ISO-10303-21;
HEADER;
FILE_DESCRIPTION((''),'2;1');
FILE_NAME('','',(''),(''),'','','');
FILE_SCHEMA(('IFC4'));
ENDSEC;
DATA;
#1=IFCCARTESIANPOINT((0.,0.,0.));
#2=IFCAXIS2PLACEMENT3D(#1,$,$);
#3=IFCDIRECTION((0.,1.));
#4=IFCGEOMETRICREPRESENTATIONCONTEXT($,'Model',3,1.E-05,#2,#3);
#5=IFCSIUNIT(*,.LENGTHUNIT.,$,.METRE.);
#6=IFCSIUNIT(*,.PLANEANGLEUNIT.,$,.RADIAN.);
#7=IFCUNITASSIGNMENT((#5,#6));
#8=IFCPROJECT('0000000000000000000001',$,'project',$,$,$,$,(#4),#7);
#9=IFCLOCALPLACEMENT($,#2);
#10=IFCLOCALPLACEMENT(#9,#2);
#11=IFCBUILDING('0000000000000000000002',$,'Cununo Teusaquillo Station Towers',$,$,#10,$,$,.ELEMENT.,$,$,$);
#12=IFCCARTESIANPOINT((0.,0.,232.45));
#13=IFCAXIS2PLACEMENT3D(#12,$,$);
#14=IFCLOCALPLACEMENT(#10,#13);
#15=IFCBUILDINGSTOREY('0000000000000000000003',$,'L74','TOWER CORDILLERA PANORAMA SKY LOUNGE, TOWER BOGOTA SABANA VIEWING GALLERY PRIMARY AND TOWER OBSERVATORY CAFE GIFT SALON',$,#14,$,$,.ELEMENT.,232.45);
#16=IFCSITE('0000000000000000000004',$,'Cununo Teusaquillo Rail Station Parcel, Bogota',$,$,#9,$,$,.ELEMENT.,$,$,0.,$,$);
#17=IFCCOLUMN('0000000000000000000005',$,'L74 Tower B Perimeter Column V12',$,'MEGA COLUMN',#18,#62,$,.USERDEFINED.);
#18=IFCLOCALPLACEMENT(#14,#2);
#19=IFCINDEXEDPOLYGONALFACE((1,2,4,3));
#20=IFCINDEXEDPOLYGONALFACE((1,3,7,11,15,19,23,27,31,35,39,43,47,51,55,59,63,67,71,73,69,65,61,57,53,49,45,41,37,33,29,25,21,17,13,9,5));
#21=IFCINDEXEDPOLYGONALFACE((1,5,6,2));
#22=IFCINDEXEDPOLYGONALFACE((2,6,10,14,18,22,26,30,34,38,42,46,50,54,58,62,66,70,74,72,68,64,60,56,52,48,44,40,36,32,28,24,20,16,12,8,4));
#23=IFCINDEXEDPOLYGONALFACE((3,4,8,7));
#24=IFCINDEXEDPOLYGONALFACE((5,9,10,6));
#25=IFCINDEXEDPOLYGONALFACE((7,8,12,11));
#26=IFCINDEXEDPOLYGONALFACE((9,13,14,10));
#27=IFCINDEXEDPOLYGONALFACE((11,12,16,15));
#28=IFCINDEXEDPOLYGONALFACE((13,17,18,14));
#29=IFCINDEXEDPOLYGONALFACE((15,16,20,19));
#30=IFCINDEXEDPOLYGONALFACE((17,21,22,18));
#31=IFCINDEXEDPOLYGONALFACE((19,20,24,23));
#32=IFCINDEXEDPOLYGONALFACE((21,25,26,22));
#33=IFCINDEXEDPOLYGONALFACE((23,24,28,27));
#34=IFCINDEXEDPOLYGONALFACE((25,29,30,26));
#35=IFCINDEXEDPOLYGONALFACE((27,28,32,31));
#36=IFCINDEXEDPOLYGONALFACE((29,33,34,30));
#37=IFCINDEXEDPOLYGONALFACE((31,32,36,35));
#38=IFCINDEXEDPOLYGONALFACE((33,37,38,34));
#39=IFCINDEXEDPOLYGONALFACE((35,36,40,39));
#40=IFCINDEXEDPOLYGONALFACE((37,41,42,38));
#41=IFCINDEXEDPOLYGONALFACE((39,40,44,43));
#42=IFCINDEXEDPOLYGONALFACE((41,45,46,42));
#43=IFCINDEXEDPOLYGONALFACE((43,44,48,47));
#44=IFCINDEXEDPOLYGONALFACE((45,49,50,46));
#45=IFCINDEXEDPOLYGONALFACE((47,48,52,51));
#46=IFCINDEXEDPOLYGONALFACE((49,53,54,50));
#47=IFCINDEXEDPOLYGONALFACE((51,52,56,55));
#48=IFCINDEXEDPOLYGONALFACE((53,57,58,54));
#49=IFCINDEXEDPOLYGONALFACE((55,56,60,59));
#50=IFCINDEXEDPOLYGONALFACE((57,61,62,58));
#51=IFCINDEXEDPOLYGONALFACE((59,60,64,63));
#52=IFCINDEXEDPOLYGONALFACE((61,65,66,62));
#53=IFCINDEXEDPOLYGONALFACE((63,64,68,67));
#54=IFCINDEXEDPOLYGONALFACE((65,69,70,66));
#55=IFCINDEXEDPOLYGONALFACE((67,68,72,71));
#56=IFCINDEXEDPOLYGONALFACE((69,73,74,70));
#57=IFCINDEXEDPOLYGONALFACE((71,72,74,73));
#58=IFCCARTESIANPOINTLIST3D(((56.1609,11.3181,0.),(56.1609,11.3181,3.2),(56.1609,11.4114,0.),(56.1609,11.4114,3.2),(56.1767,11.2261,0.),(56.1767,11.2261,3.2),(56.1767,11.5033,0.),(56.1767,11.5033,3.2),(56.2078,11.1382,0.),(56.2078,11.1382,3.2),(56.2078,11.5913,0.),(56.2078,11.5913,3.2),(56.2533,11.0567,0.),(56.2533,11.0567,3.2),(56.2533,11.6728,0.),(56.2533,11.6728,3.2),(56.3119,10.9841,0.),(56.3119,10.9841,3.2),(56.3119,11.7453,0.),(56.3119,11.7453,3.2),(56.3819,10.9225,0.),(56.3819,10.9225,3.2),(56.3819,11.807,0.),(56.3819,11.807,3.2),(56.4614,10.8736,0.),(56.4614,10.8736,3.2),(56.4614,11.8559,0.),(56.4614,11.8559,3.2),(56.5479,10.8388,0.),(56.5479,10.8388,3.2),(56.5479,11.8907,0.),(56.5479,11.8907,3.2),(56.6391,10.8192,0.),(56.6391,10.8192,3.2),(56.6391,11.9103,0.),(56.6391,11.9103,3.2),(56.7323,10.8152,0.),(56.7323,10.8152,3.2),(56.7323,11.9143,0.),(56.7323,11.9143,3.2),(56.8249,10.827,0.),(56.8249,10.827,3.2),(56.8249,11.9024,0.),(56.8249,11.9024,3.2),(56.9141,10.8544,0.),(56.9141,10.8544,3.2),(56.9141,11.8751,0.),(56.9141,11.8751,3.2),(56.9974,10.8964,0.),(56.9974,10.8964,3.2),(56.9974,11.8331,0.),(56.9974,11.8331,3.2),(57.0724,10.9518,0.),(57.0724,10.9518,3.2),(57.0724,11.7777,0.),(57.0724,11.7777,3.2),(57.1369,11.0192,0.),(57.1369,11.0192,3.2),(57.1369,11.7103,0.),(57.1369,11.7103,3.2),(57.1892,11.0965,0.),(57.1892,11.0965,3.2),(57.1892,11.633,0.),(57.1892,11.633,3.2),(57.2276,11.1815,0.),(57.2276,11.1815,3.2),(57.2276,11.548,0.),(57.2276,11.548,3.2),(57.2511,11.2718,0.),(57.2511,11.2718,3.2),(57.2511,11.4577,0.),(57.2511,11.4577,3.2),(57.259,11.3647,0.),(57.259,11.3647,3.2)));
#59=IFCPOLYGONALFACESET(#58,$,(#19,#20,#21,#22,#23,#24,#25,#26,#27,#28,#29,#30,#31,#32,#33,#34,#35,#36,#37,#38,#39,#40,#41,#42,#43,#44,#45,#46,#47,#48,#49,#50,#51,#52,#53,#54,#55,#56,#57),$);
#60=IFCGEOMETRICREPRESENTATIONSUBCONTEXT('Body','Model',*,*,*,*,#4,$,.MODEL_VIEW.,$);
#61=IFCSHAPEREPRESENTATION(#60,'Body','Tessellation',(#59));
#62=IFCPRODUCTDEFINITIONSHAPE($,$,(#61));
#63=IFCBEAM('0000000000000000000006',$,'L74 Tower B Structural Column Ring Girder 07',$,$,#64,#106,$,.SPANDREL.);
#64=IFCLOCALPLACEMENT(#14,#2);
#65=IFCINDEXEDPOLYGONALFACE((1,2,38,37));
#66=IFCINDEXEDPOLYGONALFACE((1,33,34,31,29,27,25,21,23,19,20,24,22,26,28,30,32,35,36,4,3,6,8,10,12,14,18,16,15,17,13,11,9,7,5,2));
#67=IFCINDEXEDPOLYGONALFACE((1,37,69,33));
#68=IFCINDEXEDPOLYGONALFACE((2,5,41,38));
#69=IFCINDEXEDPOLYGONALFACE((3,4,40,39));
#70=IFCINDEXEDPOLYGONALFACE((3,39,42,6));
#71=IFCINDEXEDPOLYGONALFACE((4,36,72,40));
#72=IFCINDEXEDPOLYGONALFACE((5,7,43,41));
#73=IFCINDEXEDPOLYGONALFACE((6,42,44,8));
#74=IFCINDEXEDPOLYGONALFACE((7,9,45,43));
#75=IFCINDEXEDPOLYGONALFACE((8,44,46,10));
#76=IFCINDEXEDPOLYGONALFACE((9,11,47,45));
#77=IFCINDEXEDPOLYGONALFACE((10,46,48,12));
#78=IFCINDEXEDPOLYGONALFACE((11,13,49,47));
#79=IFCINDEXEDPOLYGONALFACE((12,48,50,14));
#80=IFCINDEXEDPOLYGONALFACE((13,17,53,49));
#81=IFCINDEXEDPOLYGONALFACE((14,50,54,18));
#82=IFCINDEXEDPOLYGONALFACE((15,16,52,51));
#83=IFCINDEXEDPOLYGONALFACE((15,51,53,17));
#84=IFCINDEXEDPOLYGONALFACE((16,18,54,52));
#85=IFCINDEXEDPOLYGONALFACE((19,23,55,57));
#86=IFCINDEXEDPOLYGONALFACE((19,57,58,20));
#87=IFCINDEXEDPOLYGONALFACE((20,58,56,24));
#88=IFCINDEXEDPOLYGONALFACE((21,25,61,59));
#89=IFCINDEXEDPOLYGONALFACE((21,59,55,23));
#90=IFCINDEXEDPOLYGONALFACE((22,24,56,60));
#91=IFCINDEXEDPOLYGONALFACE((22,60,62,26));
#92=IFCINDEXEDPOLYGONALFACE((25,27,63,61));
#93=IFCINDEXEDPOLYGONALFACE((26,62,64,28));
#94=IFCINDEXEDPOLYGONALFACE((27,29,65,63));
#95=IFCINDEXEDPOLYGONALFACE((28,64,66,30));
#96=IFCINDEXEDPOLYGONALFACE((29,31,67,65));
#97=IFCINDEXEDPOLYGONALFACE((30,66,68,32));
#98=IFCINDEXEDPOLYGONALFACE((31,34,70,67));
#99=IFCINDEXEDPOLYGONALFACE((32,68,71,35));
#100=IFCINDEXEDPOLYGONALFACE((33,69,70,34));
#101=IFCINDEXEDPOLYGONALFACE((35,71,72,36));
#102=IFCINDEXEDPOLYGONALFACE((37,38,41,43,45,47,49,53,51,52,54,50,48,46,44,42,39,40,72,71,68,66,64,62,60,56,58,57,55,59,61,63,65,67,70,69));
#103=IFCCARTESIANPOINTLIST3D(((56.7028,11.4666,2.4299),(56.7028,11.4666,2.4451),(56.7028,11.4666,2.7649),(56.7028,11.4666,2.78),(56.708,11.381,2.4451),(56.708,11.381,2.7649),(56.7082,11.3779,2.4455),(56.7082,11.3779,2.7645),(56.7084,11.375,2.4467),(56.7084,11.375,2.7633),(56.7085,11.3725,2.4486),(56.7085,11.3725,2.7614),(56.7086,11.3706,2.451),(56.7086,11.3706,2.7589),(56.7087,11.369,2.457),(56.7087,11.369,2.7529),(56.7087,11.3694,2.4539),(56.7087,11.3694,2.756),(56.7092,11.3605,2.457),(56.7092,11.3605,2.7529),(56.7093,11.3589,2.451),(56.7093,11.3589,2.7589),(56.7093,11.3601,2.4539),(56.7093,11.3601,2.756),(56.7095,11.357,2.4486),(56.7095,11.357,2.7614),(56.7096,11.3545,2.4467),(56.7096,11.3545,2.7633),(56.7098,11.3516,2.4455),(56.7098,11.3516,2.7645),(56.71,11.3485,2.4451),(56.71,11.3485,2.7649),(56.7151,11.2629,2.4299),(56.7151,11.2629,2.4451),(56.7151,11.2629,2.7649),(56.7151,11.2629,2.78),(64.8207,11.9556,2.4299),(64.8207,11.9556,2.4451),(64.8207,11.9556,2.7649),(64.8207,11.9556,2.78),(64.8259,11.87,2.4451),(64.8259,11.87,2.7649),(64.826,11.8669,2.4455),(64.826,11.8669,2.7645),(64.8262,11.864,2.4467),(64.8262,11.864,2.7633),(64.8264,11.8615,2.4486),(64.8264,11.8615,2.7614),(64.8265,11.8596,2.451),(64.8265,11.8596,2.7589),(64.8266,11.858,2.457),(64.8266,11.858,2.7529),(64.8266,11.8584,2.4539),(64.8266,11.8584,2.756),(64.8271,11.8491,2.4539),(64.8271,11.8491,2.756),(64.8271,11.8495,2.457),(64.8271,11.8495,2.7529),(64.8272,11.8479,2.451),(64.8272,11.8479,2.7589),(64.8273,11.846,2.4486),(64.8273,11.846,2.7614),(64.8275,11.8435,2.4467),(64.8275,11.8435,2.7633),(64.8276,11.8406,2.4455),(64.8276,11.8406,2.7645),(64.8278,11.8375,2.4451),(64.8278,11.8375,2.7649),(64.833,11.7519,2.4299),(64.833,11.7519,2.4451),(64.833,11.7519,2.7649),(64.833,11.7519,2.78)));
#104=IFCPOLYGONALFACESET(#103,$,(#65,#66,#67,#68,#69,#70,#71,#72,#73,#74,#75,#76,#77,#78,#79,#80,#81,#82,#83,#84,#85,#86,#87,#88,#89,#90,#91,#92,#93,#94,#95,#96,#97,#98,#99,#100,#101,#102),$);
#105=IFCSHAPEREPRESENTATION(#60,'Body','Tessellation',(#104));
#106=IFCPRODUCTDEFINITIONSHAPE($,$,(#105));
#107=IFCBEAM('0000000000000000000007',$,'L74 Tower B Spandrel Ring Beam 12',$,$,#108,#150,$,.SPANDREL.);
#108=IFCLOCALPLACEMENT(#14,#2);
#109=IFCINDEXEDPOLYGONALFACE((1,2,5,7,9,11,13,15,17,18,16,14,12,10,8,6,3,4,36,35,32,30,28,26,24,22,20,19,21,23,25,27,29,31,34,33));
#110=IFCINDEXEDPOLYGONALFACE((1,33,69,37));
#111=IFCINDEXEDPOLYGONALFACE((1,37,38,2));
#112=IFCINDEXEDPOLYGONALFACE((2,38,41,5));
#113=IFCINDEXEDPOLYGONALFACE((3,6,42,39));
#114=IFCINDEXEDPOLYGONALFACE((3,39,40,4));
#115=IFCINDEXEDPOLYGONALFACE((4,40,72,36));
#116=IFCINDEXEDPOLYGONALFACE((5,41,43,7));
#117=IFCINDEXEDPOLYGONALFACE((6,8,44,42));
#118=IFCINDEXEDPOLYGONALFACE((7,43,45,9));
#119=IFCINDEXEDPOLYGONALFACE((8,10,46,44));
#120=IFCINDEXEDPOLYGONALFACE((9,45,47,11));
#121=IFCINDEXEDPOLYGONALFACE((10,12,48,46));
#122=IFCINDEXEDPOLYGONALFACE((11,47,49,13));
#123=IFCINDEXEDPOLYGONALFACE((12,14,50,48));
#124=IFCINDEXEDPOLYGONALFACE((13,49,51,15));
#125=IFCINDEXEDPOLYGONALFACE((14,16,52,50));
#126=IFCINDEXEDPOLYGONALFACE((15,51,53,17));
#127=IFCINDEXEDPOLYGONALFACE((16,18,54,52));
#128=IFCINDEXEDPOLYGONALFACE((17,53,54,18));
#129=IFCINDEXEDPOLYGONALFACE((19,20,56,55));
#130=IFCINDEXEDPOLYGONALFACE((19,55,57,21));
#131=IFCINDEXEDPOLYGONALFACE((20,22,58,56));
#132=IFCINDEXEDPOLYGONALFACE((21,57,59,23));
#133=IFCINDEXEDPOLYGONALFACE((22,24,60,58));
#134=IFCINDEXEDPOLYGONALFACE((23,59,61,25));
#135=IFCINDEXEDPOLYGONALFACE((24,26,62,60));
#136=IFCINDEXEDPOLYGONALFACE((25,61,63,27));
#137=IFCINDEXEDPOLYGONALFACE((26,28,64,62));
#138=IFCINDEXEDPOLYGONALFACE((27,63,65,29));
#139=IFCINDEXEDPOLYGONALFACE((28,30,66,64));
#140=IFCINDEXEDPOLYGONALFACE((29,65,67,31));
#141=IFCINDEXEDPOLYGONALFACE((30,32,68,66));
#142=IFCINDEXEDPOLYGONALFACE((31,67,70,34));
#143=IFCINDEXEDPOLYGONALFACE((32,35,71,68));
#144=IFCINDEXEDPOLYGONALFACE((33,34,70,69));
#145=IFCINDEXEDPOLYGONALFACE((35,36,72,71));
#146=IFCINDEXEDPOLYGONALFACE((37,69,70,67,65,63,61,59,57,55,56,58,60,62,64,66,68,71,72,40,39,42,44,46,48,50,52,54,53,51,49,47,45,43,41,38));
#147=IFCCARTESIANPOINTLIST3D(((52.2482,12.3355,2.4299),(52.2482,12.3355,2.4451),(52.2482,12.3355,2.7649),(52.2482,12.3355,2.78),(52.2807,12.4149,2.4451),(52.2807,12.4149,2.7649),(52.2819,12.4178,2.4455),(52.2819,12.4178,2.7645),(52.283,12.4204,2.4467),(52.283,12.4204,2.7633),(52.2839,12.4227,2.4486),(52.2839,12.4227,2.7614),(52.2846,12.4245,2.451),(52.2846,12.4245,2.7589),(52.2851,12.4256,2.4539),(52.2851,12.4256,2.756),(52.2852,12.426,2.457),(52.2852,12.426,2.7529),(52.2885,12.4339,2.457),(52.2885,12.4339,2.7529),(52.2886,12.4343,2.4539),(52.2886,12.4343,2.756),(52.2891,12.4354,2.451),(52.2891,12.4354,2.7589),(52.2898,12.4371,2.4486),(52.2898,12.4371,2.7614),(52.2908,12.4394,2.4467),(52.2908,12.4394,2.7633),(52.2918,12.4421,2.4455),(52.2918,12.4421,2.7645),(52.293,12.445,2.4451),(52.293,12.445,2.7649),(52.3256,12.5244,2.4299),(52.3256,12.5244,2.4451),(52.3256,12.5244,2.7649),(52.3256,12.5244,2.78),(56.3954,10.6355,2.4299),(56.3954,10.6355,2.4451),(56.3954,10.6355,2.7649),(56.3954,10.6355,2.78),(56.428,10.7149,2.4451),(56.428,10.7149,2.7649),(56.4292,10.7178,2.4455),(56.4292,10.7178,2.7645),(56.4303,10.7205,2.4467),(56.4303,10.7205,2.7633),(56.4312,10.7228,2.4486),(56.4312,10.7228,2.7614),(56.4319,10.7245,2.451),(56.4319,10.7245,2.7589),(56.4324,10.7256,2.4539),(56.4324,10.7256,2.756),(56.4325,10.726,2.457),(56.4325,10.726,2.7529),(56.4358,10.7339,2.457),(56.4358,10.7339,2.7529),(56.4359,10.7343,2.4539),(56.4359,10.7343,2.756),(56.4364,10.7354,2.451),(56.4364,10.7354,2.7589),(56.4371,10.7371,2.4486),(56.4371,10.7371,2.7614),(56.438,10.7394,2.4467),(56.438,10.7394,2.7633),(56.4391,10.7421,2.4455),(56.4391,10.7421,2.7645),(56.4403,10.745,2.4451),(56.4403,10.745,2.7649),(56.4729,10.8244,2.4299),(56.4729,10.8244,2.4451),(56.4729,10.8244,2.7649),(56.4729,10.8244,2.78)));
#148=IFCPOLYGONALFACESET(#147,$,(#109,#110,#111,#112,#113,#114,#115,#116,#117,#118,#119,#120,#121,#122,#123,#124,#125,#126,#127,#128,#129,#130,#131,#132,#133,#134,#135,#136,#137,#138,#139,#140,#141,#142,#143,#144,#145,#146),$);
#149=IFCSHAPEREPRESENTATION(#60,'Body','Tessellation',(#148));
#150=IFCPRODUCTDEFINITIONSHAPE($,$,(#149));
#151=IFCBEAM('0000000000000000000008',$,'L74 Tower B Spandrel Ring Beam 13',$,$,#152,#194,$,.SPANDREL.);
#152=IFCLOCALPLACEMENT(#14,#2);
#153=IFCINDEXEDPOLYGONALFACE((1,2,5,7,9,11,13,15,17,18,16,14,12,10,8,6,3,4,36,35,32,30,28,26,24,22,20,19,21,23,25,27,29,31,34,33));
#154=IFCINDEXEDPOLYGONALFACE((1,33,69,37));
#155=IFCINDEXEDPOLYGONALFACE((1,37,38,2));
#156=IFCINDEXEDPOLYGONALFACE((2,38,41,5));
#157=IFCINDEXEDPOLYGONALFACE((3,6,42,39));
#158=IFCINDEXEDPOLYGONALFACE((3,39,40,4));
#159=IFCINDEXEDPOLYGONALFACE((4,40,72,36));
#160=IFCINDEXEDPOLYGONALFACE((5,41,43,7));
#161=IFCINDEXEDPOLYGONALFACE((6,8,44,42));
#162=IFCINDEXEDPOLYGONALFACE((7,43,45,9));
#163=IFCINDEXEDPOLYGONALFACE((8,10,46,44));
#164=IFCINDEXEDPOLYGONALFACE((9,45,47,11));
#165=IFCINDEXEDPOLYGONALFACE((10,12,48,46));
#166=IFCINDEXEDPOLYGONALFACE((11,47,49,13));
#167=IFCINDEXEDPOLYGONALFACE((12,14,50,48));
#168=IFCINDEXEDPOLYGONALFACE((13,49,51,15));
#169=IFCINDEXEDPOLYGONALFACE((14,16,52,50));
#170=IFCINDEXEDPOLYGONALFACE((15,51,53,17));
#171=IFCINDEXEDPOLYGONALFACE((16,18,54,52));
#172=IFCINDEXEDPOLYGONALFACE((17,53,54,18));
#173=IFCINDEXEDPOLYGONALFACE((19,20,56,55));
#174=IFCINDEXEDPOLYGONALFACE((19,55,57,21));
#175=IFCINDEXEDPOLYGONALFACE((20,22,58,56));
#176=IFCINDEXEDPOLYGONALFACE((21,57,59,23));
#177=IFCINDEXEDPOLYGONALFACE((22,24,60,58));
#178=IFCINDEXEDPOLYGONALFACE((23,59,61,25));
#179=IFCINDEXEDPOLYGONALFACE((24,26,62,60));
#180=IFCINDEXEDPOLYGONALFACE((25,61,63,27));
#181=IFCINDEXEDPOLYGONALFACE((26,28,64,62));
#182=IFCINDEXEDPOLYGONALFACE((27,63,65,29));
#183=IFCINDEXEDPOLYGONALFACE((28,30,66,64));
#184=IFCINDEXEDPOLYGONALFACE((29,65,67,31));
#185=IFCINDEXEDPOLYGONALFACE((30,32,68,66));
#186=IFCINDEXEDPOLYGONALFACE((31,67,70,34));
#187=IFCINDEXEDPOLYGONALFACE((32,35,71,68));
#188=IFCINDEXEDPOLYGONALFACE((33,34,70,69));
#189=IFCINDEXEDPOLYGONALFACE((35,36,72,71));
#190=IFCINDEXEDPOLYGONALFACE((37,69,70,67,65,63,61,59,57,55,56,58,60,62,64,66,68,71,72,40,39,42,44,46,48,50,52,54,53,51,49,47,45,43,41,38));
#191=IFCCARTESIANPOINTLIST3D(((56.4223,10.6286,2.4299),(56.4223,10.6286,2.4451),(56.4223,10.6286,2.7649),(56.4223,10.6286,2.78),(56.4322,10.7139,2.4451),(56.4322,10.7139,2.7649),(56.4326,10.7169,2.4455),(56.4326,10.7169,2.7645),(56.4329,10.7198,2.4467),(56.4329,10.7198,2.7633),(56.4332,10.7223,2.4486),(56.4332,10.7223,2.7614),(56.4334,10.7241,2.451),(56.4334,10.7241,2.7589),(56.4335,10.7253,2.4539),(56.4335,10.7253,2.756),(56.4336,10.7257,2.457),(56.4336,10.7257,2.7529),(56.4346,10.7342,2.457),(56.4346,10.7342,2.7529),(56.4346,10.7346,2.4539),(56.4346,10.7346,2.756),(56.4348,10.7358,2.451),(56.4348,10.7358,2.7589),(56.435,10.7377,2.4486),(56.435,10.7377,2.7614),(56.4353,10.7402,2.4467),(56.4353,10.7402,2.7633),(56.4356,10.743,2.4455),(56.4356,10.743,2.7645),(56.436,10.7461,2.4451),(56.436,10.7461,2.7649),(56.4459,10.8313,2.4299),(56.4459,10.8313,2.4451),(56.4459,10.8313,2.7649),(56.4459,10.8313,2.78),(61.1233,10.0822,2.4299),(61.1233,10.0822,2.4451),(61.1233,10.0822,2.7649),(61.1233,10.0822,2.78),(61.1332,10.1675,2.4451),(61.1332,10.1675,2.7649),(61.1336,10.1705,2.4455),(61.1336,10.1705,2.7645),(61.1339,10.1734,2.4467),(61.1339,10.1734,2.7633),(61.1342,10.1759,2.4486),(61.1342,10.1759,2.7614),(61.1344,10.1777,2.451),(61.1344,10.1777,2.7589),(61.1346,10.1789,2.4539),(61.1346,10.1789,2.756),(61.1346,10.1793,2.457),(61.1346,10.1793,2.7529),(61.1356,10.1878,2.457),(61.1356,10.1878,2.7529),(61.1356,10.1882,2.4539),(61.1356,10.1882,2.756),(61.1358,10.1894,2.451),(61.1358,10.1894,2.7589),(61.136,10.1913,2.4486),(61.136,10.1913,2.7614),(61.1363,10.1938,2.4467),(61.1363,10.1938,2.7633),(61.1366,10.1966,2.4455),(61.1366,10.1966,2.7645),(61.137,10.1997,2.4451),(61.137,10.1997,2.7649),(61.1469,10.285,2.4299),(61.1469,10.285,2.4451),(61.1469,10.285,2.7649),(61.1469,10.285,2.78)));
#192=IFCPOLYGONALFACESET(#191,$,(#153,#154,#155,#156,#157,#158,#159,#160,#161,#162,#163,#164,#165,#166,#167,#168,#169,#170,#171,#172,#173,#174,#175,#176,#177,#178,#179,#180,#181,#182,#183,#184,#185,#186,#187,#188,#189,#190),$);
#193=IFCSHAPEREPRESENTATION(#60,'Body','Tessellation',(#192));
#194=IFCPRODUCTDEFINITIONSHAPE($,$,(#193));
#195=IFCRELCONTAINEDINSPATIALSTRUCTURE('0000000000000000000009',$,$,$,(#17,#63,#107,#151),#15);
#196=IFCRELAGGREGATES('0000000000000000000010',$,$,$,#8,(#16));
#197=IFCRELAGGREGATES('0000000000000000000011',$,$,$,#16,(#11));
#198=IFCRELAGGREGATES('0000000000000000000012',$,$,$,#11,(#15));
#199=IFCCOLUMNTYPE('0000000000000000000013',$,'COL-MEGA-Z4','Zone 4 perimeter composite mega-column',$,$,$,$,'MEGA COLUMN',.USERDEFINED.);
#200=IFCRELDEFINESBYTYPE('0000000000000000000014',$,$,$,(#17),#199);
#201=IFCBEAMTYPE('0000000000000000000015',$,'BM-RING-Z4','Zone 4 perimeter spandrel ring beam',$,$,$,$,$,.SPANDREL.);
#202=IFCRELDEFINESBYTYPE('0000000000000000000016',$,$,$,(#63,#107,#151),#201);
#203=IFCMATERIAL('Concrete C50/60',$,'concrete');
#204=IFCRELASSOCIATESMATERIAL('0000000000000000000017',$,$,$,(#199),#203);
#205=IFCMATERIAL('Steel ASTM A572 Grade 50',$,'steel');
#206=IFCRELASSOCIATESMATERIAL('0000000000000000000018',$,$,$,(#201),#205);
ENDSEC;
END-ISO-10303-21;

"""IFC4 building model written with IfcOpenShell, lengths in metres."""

from ifc_helpers import new_model, si_unit, direction, frame, origin, origin_2d, place, context, subcontext, project, spatial, circle, i_section, extrude, material, material_profile, profile_set, type_object, element, save


model = new_model("IFC4")

# Units and contexts
model_context = context("Model", 3, precision=1e-05, world=origin(), true_north=direction((0.0, 1.0)))
body_context = subcontext(model_context, "Body", "Model", "MODEL_VIEW")
ifc_project = project(units=[si_unit("LENGTHUNIT", "METRE"), si_unit("PLANEANGLEUNIT", "RADIAN")], contexts=[model_context])

# Site, building, storey
site_placement = place(None, origin())
site = spatial("IfcSite", under=ifc_project, at=site_placement, Name="Cununo Teusaquillo Rail Station Parcel, Bogota", CompositionType="ELEMENT", RefElevation=0.0)
building_placement = place(site_placement, origin())
building = spatial("IfcBuilding", under=site, at=building_placement, Name="Cununo Teusaquillo Station Towers", CompositionType="ELEMENT")
storey_placement = place(building_placement, frame((0.0, 0.0, 232.45)))
storey = spatial("IfcBuildingStorey", under=building, at=storey_placement, Name="L74", Description="TOWER CORDILLERA PANORAMA SKY LOUNGE, TOWER BOGOTA SABANA VIEWING GALLERY PRIMARY AND TOWER OBSERVATORY CAFE GIFT SALON", CompositionType="ELEMENT", Elevation=232.45)

# Column
ifc_material_1 = material(Name="Concrete C50/60", Category="concrete")
ifc_material_profile_1 = material_profile(ifc_material_1, circle(Radius=0.55, at=origin_2d()), Name="RC-CIRC-1100")
ifc_profile_set_1 = profile_set([ifc_material_profile_1], Name="Concrete C50/60")
column_type = type_object("IfcColumnType", Name="COL-MEGA-Z4", Description="Zone 4 perimeter composite mega-column", ElementType="MEGA COLUMN", PredefinedType="USERDEFINED", material=ifc_profile_set_1)
column_placement = place(storey_placement, frame((56.709, 11.3647, 0.0), z_axis=(0.0, 0.0, 1.0), x_axis=(1.0, 0.0, 0.0)))
element("IfcColumn", 1, at=column_placement, inside=storey, type_object=column_type, Name="L74 Tower B Perimeter Column V12", ObjectType="MEGA COLUMN", PredefinedType="USERDEFINED", context=body_context, shape_type="SweptSolid", body=[
    extrude(circle(Radius=0.55, at=origin_2d()), origin(), (0.0, 0.0, 1.0), 3.2),
])

# Beams
ifc_material_2 = material(Name="Steel ASTM A572 Grade 50", Category="steel")
ifc_material_profile_2 = material_profile(ifc_material_2, i_section(OverallWidth=0.2041, OverallDepth=0.3501, WebThickness=0.0085, FlangeThickness=0.0151, FilletRadius=0.012, at=origin_2d()), Name="W14X48")
ifc_profile_set_2 = profile_set([ifc_material_profile_2], Name="Steel ASTM A572 Grade 50")
beam_type = type_object("IfcBeamType", Name="BM-RING-Z4", Description="Zone 4 perimeter spandrel ring beam", PredefinedType="SPANDREL", material=ifc_profile_set_2)
beam_1_placement = place(storey_placement, frame((56.709, 11.3647, 2.605), z_axis=(0.998191, 0.06013, 0.0), x_axis=(-0.06013, 0.998191, 0.0)))
element("IfcBeam", 2, at=beam_1_placement, inside=storey, type_object=beam_type, Name="L74 Tower B Structural Column Ring Girder 07", PredefinedType="SPANDREL", context=body_context, shape_type="SweptSolid", body=[
    extrude(i_section(OverallWidth=0.2041, OverallDepth=0.3501, WebThickness=0.0085, FlangeThickness=0.0151, FilletRadius=0.012, at=origin_2d()), origin(), (0.0, 0.0, 1.0), 8.1326),
])
beam_2_placement = place(storey_placement, frame((52.2869, 12.4299, 2.605), z_axis=(0.925284, -0.379275, 0.0), x_axis=(0.379275, 0.925284, 0.0)))
element("IfcBeam", 3, at=beam_2_placement, inside=storey, type_object=beam_type, Name="L74 Tower B Spandrel Ring Beam 12", PredefinedType="SPANDREL", context=body_context, shape_type="SweptSolid", body=[
    extrude(i_section(OverallWidth=0.2041, OverallDepth=0.3501, WebThickness=0.0085, FlangeThickness=0.0151, FilletRadius=0.012, at=origin_2d()), origin(), (0.0, 0.0, 1.0), 4.4822),
])
beam_3_placement = place(storey_placement, frame((56.4341, 10.73, 2.605), z_axis=(0.993313, -0.115452, 0.0), x_axis=(0.115452, 0.993313, 0.0)))
element("IfcBeam", 4, at=beam_3_placement, inside=storey, type_object=beam_type, Name="L74 Tower B Spandrel Ring Beam 13", PredefinedType="SPANDREL", context=body_context, shape_type="SweptSolid", body=[
    extrude(i_section(OverallWidth=0.2041, OverallDepth=0.3501, WebThickness=0.0085, FlangeThickness=0.0151, FilletRadius=0.012, at=origin_2d()), origin(), (0.0, 0.0, 1.0), 4.7327),
])

save(model, "model.ifc")
